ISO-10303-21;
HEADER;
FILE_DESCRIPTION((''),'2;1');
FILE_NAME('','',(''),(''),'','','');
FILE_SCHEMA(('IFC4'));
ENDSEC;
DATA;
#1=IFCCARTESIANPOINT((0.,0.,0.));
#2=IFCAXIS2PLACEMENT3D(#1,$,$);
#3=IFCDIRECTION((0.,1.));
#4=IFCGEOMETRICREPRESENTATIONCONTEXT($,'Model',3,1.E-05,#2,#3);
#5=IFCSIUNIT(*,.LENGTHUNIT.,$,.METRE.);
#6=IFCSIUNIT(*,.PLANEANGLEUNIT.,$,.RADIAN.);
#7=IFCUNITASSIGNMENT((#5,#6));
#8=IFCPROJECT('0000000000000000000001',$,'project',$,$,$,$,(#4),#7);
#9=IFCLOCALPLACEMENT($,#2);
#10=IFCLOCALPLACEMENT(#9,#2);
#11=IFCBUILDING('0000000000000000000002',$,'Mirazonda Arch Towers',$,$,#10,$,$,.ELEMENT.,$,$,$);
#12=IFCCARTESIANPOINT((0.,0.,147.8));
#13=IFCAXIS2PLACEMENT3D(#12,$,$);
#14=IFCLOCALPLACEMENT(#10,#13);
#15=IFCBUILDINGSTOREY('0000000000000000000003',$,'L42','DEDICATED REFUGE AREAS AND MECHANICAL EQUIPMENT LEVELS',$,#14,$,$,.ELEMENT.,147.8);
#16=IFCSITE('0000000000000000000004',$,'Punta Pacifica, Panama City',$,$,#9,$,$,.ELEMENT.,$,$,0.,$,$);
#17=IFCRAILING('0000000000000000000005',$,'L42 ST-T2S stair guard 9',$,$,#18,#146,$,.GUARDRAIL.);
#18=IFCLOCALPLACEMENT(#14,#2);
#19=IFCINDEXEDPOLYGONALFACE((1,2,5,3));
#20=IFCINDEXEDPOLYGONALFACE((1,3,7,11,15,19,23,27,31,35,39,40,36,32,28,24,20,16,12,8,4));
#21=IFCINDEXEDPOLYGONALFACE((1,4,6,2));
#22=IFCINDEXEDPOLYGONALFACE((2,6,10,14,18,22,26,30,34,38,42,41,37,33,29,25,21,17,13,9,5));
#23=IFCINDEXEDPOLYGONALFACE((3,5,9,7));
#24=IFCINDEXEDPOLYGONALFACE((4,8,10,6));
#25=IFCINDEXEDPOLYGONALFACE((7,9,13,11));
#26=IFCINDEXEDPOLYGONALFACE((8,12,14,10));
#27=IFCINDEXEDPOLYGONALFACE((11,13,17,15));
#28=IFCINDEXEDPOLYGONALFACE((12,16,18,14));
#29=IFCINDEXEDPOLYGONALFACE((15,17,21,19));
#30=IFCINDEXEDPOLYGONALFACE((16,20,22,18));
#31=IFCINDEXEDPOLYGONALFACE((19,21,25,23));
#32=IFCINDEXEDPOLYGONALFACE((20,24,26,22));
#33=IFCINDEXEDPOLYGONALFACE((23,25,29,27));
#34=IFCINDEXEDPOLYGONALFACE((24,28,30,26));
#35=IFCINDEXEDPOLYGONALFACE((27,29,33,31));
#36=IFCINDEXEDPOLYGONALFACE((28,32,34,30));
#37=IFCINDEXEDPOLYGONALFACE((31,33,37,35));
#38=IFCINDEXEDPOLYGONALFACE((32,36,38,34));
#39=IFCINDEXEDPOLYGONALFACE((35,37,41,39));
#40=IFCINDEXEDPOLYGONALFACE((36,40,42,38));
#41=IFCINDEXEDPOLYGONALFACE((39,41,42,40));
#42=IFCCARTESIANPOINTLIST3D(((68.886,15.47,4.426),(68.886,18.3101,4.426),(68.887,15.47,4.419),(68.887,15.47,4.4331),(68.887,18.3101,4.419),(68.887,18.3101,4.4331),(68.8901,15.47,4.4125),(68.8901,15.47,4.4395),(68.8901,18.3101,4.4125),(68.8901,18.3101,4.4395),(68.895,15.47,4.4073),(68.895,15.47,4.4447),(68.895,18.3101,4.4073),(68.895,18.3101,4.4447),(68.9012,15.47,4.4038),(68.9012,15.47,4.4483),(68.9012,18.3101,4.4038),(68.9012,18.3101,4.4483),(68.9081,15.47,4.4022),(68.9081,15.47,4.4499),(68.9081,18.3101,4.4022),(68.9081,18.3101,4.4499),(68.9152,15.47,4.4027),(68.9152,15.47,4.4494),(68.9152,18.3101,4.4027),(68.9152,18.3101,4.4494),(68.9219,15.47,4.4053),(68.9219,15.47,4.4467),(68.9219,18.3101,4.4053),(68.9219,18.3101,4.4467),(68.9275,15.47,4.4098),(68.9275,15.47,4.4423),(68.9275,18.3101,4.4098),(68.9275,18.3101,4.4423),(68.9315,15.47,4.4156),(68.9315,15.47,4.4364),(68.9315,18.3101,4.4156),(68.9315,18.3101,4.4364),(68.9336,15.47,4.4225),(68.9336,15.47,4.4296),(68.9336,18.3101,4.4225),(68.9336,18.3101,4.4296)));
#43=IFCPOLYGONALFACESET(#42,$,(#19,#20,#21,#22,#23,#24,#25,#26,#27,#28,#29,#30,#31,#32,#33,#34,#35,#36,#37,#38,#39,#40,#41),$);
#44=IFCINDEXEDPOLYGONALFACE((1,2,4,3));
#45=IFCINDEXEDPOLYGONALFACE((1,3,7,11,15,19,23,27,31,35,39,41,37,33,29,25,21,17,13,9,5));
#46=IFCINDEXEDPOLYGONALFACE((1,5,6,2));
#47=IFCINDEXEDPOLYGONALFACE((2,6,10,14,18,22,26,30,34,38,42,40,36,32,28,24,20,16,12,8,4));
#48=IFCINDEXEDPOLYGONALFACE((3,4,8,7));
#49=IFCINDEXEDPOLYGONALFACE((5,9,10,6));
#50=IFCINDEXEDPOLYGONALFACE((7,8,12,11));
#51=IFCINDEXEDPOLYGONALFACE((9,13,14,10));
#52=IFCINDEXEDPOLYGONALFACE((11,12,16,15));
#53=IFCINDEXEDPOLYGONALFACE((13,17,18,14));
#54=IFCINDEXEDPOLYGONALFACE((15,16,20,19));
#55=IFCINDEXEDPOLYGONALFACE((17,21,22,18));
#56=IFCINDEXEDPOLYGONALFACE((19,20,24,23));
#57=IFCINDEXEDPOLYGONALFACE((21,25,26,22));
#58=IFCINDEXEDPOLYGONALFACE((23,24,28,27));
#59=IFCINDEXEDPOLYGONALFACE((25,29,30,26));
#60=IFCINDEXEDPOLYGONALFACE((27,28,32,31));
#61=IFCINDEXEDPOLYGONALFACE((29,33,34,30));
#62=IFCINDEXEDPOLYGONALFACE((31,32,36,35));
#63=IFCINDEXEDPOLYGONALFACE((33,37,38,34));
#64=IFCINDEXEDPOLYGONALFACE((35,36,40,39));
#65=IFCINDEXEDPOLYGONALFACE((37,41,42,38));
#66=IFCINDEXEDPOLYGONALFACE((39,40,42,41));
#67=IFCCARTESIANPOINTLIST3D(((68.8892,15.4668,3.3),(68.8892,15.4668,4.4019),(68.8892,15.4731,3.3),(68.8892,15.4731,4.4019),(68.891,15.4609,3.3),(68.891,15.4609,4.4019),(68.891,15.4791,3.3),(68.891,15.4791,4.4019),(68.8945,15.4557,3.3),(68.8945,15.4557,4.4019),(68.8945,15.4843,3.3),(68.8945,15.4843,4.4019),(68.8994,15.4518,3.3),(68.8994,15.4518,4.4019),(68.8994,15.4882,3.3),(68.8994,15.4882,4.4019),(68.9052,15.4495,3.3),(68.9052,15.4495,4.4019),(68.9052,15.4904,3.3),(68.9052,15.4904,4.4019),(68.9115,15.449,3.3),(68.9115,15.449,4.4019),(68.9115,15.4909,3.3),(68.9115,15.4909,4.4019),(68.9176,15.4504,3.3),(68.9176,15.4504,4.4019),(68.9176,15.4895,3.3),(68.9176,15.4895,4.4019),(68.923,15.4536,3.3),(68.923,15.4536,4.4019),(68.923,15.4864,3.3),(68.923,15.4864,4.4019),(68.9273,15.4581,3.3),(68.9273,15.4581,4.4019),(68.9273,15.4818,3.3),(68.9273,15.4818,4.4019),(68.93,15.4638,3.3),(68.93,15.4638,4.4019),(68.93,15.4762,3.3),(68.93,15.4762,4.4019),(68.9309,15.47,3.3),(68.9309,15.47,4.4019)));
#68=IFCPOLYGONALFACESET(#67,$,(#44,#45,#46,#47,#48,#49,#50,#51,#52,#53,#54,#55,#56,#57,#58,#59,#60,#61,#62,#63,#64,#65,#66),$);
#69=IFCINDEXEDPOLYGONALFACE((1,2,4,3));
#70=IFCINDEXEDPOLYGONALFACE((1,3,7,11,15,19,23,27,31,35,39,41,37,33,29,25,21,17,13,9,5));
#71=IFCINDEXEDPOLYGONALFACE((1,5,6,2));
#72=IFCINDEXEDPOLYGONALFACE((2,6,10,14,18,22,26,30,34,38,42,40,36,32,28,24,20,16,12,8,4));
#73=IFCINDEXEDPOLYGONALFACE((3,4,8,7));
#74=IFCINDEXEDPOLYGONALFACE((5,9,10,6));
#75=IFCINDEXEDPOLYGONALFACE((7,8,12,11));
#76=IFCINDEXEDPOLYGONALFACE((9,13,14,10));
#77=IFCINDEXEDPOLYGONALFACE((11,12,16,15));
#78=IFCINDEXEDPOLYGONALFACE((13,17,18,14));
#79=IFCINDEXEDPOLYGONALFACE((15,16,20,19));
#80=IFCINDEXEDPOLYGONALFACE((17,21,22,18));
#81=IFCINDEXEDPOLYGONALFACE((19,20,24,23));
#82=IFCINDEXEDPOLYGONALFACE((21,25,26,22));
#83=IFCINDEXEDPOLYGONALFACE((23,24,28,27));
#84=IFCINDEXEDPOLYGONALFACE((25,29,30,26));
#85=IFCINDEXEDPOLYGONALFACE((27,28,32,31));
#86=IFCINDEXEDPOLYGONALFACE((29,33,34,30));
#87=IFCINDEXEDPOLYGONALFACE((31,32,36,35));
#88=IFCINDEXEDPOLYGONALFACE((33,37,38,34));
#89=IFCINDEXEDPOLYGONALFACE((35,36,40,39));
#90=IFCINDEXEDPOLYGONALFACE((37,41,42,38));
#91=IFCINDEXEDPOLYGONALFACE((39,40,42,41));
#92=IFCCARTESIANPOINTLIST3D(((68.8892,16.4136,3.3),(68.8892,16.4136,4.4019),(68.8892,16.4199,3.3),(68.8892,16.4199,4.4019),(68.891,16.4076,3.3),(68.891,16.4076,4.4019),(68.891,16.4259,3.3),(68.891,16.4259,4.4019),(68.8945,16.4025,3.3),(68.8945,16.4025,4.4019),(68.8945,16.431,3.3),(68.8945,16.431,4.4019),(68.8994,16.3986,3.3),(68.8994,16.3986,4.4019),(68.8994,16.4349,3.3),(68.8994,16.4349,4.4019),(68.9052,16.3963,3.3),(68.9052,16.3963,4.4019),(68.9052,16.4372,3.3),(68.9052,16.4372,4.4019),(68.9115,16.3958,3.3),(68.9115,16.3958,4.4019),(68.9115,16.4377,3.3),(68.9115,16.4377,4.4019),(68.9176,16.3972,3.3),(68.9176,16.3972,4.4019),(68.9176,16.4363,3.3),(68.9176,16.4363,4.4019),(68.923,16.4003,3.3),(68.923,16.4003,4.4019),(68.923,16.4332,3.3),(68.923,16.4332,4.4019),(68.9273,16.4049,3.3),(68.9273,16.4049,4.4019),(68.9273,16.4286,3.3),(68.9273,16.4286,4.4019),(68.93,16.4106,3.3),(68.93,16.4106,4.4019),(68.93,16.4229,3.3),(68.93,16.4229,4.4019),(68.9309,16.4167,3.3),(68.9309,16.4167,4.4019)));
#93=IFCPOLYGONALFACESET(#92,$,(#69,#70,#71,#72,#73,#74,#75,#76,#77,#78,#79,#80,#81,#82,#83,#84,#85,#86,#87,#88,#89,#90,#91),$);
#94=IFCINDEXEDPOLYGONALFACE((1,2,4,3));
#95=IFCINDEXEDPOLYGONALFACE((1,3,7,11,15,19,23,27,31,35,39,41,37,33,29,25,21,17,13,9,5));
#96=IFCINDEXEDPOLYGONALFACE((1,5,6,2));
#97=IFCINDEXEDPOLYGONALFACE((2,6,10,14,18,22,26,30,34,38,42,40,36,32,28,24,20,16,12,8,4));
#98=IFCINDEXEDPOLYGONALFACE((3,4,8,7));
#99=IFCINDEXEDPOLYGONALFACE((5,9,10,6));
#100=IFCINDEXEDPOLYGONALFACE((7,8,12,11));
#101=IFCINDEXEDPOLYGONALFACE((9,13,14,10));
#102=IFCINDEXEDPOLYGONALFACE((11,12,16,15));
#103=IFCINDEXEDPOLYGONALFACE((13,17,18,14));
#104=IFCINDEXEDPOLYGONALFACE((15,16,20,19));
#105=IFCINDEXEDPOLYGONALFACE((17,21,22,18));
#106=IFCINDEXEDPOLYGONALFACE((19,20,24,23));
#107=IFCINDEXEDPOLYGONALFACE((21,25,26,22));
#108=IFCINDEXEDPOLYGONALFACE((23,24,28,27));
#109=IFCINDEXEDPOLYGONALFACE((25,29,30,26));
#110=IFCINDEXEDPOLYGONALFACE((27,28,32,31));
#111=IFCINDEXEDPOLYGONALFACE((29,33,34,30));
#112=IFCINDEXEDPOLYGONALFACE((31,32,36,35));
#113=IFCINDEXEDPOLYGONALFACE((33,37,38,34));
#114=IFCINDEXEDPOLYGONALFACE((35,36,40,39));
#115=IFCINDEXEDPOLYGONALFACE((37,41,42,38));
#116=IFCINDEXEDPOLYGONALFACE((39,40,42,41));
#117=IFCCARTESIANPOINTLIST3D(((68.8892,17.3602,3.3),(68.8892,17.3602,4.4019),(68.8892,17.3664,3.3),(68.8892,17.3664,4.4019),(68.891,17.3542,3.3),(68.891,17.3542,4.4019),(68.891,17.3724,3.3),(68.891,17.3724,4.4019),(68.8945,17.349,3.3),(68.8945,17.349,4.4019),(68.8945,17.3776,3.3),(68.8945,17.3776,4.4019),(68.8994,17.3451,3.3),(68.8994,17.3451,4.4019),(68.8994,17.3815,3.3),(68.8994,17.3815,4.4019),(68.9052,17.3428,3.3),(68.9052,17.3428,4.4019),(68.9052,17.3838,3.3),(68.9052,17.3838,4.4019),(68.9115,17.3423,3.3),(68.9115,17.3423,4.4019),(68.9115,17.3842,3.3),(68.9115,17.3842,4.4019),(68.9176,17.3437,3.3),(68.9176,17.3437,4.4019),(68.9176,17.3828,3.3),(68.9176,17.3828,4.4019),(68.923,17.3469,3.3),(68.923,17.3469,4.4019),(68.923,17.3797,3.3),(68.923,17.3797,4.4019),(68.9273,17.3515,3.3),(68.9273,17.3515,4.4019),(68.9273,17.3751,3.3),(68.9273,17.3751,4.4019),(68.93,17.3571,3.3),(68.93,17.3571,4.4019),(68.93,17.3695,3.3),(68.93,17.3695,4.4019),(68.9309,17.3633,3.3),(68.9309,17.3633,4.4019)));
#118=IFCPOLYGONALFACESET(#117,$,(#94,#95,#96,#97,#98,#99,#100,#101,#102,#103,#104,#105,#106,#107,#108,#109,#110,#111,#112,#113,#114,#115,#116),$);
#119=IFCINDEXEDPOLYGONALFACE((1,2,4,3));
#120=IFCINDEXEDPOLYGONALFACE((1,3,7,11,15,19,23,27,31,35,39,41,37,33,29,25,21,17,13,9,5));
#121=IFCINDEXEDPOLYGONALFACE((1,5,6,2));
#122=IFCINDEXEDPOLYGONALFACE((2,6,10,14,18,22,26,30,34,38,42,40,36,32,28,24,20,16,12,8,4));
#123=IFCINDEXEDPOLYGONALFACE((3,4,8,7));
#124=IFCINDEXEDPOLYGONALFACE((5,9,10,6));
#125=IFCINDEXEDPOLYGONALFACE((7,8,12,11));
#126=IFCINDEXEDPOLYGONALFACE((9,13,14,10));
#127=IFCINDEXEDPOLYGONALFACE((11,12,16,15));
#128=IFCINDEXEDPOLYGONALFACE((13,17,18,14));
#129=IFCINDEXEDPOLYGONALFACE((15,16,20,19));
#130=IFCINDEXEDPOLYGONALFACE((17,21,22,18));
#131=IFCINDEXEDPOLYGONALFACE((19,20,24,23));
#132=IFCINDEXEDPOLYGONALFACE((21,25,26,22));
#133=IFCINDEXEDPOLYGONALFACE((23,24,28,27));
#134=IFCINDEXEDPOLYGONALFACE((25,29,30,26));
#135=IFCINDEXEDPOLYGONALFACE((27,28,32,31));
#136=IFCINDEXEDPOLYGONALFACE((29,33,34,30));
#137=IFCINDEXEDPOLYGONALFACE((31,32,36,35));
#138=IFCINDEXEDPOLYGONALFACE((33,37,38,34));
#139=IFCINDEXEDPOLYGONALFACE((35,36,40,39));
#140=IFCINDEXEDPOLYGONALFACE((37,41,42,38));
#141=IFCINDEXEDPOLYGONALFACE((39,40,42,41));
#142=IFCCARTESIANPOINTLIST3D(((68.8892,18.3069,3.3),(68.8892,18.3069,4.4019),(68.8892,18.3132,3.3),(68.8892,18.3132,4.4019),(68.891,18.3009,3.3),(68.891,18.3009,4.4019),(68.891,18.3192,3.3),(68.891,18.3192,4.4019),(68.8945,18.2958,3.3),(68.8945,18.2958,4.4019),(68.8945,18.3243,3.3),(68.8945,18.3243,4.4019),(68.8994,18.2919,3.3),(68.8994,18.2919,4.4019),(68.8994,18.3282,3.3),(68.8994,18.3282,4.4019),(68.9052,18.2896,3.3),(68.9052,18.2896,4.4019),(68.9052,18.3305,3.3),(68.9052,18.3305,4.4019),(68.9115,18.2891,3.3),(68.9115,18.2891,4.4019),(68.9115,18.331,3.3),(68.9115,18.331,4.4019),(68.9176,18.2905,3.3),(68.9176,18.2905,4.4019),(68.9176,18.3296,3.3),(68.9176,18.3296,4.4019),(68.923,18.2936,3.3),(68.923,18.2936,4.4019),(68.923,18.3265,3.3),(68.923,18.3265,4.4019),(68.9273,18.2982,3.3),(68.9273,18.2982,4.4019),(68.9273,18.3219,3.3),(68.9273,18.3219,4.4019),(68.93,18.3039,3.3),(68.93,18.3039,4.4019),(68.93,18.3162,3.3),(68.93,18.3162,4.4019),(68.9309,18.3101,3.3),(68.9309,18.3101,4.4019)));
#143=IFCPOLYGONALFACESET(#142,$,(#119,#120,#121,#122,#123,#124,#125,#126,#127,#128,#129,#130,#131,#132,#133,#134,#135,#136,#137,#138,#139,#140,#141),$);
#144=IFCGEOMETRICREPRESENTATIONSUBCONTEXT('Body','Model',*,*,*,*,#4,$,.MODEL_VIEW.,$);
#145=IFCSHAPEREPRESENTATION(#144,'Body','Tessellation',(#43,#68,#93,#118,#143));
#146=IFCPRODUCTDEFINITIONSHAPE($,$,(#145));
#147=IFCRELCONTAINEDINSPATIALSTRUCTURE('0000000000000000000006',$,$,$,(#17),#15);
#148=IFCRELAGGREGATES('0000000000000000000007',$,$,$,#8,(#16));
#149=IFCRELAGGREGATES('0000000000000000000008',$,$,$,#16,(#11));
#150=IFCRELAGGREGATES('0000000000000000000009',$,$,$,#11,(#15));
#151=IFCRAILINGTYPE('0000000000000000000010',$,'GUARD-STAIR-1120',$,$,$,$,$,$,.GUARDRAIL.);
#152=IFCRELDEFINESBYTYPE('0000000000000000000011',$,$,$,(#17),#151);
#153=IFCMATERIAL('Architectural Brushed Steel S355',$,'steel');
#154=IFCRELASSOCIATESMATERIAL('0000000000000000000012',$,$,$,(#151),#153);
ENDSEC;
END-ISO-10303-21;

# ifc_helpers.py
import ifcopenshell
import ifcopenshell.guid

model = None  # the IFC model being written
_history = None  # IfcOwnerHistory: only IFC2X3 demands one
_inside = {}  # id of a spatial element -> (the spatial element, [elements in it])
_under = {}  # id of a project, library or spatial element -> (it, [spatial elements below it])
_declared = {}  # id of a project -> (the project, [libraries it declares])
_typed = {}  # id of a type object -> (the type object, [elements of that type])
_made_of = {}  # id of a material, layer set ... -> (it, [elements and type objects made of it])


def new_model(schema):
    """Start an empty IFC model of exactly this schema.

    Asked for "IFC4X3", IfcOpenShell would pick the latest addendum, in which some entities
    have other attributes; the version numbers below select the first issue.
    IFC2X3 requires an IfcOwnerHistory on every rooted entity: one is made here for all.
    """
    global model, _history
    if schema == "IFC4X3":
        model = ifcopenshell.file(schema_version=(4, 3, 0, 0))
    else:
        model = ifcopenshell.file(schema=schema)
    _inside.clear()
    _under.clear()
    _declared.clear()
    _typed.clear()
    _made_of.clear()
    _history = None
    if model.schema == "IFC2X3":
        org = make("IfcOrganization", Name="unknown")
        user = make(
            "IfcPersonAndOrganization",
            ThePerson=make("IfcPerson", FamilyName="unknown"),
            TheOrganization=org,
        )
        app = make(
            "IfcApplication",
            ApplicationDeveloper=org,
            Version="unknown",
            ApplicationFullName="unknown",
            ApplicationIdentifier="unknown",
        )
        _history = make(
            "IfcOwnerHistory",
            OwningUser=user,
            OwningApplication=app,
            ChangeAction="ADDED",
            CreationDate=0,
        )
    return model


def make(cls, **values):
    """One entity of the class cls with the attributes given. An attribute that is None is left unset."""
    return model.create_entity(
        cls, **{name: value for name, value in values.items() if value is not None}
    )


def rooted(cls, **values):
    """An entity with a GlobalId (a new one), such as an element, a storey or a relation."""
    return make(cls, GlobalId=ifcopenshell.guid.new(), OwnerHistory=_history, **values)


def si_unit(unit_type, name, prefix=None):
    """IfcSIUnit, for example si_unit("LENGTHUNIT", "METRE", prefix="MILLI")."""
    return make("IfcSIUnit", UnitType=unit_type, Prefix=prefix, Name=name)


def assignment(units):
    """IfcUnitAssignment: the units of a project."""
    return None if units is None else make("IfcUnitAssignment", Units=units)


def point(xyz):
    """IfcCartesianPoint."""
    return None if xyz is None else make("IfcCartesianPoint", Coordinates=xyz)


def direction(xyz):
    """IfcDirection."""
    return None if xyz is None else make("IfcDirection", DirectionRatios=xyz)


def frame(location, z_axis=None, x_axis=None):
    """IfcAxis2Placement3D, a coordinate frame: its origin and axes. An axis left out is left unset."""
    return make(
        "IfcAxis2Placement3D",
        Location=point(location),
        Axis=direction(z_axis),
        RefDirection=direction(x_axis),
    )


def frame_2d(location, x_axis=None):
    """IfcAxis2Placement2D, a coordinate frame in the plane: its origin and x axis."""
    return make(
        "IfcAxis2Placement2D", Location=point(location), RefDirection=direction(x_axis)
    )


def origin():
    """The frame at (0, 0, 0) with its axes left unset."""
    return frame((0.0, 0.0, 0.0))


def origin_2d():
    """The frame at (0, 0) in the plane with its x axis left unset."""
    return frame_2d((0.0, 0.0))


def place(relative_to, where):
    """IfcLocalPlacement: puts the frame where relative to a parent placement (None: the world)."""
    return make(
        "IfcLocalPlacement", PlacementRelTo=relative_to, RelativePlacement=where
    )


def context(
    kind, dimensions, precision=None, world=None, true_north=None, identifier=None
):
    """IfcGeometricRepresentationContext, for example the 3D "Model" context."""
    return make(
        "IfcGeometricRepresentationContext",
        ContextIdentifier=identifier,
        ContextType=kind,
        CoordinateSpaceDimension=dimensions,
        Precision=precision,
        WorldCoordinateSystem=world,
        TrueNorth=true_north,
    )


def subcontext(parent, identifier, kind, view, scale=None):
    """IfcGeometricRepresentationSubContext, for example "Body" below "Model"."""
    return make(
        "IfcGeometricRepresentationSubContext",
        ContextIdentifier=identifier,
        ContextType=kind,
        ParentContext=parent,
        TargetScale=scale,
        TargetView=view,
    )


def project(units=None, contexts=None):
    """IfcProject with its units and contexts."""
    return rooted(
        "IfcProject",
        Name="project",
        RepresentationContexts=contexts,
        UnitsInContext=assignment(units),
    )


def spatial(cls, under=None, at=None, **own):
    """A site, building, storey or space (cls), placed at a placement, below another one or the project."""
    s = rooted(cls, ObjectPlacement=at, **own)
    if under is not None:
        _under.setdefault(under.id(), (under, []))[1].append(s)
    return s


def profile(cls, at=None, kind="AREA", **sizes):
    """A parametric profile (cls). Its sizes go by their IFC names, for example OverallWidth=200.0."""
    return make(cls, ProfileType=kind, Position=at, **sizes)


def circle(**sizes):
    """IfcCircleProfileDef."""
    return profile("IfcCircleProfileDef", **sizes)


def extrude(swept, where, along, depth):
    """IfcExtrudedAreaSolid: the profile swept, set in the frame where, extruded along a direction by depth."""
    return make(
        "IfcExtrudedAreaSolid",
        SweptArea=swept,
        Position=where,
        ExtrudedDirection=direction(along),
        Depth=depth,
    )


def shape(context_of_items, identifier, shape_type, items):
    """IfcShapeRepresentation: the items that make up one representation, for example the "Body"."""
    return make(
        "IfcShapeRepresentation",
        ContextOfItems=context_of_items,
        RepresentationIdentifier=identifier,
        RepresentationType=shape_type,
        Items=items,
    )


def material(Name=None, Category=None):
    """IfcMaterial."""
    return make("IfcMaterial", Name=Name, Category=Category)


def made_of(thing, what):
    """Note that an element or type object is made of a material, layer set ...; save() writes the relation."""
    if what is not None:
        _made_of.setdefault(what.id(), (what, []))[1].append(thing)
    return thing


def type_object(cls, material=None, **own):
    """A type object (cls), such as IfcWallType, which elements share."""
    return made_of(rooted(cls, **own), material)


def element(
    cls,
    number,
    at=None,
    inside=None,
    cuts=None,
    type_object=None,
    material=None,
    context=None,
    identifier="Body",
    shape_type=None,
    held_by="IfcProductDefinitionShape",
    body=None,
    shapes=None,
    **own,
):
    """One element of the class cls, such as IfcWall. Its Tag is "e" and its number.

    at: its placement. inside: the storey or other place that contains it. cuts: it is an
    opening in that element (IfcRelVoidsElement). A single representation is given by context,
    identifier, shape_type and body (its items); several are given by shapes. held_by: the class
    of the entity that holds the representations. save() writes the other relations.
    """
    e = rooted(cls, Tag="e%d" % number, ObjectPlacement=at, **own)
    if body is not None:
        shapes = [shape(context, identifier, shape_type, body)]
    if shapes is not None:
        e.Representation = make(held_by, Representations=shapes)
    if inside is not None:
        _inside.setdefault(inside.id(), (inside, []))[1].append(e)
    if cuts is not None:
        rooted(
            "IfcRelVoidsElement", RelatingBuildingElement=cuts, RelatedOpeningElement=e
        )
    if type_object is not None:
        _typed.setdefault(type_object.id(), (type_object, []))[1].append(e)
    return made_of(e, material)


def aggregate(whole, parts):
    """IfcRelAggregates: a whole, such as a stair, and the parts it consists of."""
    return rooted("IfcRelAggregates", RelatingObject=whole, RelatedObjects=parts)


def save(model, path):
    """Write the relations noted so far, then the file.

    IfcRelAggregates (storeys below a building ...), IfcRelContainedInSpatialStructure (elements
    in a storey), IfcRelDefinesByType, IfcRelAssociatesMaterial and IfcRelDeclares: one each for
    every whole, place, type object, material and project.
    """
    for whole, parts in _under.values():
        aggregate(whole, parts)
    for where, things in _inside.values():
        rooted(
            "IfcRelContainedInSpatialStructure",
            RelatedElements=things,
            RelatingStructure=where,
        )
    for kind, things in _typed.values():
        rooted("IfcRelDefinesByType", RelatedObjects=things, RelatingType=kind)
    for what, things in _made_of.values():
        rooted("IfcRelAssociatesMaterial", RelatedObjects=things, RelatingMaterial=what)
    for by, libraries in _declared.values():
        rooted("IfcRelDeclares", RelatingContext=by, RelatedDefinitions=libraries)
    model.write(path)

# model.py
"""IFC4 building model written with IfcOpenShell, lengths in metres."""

from ifc_helpers import new_model, si_unit, direction, frame, origin, origin_2d, place, context, subcontext, project, spatial, circle, extrude, material, type_object, element, save


model = new_model("IFC4")

# Units and contexts
model_context = context("Model", 3, precision=1e-05, world=origin(), true_north=direction((0.0, 1.0)))
body_context = subcontext(model_context, "Body", "Model", "MODEL_VIEW")
ifc_project = project(units=[si_unit("LENGTHUNIT", "METRE"), si_unit("PLANEANGLEUNIT", "RADIAN")], contexts=[model_context])

# Site, building, storey
site_placement = place(None, origin())
site = spatial("IfcSite", under=ifc_project, at=site_placement, Name="Punta Pacifica, Panama City", CompositionType="ELEMENT", RefElevation=0.0)
building_placement = place(site_placement, origin())
building = spatial("IfcBuilding", under=site, at=building_placement, Name="Mirazonda Arch Towers", CompositionType="ELEMENT")
storey_placement = place(building_placement, frame((0.0, 0.0, 147.8)))
storey = spatial("IfcBuildingStorey", under=building, at=storey_placement, Name="L42", Description="DEDICATED REFUGE AREAS AND MECHANICAL EQUIPMENT LEVELS", CompositionType="ELEMENT", Elevation=147.8)

# Shared definitions
ifc_material_1 = material(Name="Architectural Brushed Steel S355", Category="steel")

# Railing
railing_type_1 = type_object("IfcRailingType", Name="GUARD-STAIR-1120", PredefinedType="GUARDRAIL", material=ifc_material_1)
railing_1_placement = place(storey_placement, frame((68.9099, 15.47, 3.3)))
element("IfcRailing", 1, at=railing_1_placement, inside=storey, type_object=railing_type_1, Name="L42 ST-T2S stair guard 9", PredefinedType="GUARDRAIL", context=body_context, shape_type="SweptSolid", body=[
    extrude(circle(Radius=0.0239, at=origin_2d()), frame((0.0, 0.0, 1.126), z_axis=(0.0, 1.0, 0.0), x_axis=(-1.0, 0.0, 0.0)), (0.0, 0.0, 1.0), 2.8401),
    extrude(circle(Radius=0.021, at=origin_2d()), origin(), (0.0, 0.0, 1.0), 1.1018),
    extrude(circle(Radius=0.021, at=origin_2d()), frame((0.0, 0.9468, 0.0)), (0.0, 0.0, 1.0), 1.1018),
    extrude(circle(Radius=0.021, at=origin_2d()), frame((0.0, 1.8933, 0.0)), (0.0, 0.0, 1.0), 1.1018),
    extrude(circle(Radius=0.021, at=origin_2d()), frame((0.0, 2.8401, 0.0)), (0.0, 0.0, 1.0), 1.1018),
])

save(model, "model.ifc")
